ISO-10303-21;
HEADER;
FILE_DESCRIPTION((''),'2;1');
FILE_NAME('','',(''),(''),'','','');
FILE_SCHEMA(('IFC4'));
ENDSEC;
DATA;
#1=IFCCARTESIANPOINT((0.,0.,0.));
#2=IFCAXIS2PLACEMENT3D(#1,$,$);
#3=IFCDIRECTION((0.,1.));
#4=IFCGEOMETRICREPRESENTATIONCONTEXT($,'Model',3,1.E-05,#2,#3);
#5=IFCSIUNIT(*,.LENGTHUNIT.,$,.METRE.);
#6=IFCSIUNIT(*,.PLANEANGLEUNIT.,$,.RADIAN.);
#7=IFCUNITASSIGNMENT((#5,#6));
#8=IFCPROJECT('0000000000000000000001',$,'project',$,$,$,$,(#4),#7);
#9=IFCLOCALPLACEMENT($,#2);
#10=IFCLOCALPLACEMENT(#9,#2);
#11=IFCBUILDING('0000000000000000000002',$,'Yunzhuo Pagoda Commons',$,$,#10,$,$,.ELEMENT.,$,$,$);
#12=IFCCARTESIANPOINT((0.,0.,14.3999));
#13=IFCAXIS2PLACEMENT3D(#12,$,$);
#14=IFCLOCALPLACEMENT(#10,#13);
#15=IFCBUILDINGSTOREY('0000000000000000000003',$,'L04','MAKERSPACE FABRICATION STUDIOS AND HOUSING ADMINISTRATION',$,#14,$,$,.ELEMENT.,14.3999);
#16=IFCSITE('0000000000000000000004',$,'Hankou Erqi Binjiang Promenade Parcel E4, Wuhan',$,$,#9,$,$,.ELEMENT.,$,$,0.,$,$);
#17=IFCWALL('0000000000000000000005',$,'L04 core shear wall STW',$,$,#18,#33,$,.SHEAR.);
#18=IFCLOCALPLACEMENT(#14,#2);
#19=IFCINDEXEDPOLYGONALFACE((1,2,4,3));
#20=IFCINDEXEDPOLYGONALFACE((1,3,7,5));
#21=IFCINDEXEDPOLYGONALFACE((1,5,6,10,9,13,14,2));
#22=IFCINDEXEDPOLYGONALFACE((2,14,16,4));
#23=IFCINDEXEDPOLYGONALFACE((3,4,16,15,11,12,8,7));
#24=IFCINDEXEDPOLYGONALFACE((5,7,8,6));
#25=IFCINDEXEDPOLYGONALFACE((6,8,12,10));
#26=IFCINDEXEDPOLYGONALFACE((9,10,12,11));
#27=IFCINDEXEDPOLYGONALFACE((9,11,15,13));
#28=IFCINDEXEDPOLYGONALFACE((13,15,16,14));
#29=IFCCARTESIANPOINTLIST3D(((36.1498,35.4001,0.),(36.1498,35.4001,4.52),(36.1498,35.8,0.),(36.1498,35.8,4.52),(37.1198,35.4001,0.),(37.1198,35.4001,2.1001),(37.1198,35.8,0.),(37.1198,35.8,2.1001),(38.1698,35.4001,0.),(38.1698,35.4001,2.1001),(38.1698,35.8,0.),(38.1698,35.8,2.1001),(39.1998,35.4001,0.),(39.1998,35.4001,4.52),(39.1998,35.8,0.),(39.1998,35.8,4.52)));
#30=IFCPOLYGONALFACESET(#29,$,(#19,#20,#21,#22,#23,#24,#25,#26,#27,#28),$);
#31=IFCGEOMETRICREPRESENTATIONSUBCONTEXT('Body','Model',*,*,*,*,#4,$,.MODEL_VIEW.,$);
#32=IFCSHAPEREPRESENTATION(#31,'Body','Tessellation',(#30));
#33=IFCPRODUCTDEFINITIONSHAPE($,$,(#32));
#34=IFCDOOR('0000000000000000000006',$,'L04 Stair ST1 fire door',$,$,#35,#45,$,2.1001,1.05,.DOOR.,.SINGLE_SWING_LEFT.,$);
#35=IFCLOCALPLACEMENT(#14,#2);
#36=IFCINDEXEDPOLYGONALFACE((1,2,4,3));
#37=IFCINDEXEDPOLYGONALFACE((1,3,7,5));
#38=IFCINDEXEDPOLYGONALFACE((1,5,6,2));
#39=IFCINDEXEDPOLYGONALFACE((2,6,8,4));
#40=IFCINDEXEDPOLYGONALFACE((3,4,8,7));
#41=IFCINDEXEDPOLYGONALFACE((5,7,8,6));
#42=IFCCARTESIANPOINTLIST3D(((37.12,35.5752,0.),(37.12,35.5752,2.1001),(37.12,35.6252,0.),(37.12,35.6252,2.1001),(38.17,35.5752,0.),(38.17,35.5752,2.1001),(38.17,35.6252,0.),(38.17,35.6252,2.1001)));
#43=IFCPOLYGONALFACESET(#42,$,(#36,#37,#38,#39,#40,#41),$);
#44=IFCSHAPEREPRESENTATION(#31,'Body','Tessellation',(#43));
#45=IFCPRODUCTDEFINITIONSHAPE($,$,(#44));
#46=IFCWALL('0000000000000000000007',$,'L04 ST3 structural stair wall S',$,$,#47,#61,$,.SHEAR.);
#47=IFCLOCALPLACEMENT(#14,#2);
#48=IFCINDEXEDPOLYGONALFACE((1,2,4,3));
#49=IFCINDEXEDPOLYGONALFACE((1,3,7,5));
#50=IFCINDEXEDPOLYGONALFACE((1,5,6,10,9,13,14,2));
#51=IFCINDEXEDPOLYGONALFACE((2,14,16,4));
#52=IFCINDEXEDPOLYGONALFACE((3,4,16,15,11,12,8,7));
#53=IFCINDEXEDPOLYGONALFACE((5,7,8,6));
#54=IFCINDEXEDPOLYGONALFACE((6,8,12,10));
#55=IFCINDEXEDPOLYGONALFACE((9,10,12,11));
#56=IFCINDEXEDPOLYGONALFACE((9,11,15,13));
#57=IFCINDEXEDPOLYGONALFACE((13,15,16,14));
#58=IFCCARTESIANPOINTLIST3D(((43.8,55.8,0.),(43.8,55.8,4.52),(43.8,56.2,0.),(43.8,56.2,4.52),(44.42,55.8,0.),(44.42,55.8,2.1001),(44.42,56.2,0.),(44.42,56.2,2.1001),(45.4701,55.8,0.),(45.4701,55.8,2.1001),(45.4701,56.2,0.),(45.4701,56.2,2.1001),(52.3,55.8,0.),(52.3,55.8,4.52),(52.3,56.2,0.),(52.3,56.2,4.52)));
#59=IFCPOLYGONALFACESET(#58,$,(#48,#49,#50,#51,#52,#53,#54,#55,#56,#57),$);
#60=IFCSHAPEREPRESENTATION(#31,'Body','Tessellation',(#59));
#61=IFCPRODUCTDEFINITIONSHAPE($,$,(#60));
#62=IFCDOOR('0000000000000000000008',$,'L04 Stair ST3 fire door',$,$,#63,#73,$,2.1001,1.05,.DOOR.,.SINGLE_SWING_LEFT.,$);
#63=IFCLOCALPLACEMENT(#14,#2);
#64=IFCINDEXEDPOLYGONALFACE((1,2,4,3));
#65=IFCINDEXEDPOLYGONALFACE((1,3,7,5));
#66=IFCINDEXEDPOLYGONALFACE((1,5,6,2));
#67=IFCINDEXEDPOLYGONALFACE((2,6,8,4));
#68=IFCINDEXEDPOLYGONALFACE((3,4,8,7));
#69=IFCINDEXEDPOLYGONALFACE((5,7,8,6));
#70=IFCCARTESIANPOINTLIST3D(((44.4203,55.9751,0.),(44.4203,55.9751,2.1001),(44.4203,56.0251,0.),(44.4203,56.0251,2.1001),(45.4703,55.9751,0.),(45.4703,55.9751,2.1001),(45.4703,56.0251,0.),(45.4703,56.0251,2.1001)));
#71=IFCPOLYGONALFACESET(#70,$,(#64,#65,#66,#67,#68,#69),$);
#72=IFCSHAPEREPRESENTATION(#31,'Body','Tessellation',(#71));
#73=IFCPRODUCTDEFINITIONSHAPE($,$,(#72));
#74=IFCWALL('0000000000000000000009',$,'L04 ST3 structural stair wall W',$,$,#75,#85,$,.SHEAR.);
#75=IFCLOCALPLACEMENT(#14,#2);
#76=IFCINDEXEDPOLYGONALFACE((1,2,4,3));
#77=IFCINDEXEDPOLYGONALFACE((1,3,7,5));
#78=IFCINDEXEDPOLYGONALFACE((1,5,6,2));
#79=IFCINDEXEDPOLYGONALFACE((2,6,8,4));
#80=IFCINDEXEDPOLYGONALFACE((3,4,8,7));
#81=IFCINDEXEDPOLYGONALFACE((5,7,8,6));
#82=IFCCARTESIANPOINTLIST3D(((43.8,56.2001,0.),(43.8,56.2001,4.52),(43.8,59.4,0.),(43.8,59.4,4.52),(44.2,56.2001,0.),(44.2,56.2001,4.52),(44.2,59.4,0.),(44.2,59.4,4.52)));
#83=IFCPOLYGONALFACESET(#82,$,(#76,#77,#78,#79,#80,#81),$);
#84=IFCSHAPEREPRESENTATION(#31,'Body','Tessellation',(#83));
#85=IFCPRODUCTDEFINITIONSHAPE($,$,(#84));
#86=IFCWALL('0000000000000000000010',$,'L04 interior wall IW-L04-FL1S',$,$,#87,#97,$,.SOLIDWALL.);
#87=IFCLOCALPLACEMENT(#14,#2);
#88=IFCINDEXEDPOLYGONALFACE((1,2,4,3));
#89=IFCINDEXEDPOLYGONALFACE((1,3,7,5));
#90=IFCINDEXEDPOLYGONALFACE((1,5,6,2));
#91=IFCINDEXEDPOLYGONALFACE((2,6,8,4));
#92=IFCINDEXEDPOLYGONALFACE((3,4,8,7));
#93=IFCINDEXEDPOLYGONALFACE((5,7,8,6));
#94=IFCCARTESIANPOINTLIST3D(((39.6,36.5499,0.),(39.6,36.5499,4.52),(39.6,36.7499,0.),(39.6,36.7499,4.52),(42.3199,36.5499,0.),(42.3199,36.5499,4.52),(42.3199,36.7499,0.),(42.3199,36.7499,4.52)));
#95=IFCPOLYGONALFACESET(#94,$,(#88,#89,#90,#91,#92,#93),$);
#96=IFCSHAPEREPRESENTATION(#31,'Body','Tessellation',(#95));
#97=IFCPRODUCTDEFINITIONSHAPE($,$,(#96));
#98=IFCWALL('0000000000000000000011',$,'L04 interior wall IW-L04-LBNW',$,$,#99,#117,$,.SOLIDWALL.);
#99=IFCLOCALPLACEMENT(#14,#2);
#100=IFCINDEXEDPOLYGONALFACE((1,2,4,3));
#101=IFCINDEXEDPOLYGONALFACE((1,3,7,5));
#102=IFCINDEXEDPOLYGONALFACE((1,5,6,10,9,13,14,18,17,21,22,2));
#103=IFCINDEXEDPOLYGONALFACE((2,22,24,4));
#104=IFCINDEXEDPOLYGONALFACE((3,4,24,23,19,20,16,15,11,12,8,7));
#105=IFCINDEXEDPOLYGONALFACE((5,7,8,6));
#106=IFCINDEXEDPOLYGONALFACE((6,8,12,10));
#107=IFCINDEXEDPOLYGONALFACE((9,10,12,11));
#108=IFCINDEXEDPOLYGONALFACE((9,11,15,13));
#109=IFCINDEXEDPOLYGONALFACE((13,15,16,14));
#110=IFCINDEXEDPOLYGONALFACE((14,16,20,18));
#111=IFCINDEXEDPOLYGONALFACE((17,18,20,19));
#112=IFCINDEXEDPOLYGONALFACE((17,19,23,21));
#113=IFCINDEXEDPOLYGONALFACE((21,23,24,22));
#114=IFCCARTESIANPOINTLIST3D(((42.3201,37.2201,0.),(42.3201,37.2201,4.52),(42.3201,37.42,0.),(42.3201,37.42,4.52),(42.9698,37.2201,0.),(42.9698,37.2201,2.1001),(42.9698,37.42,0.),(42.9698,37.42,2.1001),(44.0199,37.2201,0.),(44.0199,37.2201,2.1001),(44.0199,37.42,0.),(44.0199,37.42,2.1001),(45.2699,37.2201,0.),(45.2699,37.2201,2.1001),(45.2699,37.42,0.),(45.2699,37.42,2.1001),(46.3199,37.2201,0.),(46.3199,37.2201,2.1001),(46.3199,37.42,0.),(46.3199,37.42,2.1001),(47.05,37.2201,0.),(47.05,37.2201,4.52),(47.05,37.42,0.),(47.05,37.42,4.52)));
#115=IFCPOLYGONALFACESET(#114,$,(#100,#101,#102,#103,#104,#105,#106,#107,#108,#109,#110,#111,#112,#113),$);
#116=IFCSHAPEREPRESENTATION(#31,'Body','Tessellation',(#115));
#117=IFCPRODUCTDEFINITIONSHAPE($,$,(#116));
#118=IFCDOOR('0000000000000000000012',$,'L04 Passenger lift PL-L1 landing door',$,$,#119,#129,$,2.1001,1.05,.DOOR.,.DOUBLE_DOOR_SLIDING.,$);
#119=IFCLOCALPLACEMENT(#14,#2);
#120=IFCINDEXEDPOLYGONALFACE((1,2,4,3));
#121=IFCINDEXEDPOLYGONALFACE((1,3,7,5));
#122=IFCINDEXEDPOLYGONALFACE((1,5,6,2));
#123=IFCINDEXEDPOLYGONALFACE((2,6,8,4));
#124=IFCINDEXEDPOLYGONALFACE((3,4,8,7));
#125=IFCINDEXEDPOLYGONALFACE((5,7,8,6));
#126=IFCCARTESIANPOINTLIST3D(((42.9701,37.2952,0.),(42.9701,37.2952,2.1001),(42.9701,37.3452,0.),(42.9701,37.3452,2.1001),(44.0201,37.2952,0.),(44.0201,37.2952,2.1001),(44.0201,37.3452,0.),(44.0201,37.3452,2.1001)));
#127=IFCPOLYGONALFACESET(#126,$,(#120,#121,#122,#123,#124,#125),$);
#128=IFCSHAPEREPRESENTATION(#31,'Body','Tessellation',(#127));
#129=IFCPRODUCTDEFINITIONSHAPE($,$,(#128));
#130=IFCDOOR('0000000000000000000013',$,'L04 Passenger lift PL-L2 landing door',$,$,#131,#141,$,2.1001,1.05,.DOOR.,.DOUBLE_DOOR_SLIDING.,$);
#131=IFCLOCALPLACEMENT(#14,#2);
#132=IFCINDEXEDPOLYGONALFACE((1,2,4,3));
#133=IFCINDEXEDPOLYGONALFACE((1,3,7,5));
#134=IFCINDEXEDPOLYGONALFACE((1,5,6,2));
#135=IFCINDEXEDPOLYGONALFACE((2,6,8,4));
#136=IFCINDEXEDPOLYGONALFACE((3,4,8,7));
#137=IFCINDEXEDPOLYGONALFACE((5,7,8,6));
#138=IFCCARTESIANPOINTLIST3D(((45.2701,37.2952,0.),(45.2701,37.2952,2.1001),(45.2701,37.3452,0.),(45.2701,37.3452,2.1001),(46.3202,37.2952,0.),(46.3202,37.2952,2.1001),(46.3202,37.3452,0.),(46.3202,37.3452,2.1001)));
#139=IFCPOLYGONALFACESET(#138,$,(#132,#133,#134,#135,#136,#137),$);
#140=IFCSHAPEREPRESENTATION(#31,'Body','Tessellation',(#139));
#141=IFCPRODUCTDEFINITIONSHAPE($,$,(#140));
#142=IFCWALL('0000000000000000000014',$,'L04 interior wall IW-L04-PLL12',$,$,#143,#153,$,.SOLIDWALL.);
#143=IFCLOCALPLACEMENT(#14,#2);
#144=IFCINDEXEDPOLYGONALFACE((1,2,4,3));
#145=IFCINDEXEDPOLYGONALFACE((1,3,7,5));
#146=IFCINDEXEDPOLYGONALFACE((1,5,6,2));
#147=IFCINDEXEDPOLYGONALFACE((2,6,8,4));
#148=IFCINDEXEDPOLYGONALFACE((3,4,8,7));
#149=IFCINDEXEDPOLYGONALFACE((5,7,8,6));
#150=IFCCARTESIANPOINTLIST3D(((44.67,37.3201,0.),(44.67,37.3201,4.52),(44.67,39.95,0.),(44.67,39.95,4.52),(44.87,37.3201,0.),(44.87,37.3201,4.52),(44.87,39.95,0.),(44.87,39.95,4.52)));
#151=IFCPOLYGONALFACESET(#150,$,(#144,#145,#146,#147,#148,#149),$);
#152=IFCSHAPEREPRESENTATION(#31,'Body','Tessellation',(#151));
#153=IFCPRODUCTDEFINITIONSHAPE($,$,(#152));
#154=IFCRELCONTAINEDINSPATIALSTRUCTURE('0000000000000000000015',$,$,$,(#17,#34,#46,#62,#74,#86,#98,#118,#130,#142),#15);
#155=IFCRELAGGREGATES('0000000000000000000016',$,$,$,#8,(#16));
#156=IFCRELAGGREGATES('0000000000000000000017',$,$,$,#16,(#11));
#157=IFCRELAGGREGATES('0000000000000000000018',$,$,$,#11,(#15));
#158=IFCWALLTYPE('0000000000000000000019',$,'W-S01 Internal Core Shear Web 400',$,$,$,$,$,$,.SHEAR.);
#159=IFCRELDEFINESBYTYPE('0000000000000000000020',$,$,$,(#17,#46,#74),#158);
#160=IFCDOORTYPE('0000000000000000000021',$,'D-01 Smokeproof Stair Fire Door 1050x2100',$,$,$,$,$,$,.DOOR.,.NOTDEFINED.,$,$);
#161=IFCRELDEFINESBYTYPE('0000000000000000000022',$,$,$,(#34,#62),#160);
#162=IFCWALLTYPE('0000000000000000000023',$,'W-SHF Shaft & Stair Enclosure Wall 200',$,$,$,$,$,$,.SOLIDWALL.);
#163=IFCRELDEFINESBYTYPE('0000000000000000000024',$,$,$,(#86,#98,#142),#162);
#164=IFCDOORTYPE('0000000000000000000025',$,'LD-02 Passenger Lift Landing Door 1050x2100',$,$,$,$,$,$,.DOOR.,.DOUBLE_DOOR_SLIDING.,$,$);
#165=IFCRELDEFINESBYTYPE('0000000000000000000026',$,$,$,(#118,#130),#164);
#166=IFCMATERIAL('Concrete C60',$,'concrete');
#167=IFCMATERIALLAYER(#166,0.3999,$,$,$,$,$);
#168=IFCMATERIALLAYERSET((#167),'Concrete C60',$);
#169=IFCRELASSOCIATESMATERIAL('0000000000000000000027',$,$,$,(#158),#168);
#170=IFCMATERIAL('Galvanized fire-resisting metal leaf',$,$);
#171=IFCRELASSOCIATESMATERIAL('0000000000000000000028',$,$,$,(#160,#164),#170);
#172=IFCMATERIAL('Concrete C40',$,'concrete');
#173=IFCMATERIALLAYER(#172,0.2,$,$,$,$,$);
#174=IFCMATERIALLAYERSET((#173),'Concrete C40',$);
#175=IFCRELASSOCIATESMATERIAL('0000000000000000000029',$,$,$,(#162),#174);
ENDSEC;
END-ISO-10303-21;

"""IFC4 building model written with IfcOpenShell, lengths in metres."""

from ifc_helpers import new_model, si_unit, direction, frame, frame_2d, origin, place, context, subcontext, project, spatial, rectangle, extrude, source, transform, mapped, material, layer, layer_set, type_object, element, fill, save


model = new_model("IFC4")

# Units and contexts
model_context = context("Model", 3, precision=1e-05, world=origin(), true_north=direction((0.0, 1.0)))
body_context = subcontext(model_context, "Body", "Model", "MODEL_VIEW")
ifc_project = project(units=[si_unit("LENGTHUNIT", "METRE"), si_unit("PLANEANGLEUNIT", "RADIAN")], contexts=[model_context])

# Site, building, storey
site_placement = place(None, origin())
site = spatial("IfcSite", under=ifc_project, at=site_placement, Name="Hankou Erqi Binjiang Promenade Parcel E4, Wuhan", CompositionType="ELEMENT", RefElevation=0.0)
building_placement = place(site_placement, origin())
building = spatial("IfcBuilding", under=site, at=building_placement, Name="Yunzhuo Pagoda Commons", CompositionType="ELEMENT")
storey_placement = place(building_placement, frame((0.0, 0.0, 14.3999)))
storey = spatial("IfcBuildingStorey", under=building, at=storey_placement, Name="L04", Description="MAKERSPACE FABRICATION STUDIOS AND HOUSING ADMINISTRATION", CompositionType="ELEMENT", Elevation=14.3999)

# Shared definitions
ifc_material_1 = material(Name="Concrete C60", Category="concrete")
ifc_material_2 = material(Name="Galvanized fire-resisting metal leaf")
shared_shape_1 = source(origin(), body_context, "Body", "SweptSolid", [
    extrude(rectangle(XDim=1.05, YDim=2.1001, at=frame_2d((0.5249, 1.05))), frame((0.0, 0.0249, 0.0), z_axis=(0.0, -1.0, 0.0), x_axis=(1.0, 0.0, 0.0)), (0.0, 0.0, 1.0), 0.05),
])

# Walls, openings, doors
ifc_layer_1 = layer(ifc_material_1, 0.3999)
ifc_layer_set_1 = layer_set([ifc_layer_1], Name="Concrete C60")
wall_type_1 = type_object("IfcWallType", Name="W-S01 Internal Core Shear Web 400", PredefinedType="SHEAR", material=ifc_layer_set_1)
wall_1_placement = place(storey_placement, frame((36.1499, 35.6001, 0.0), z_axis=(0.0, 0.0, 1.0), x_axis=(1.0, 0.0, 0.0)))
wall_1 = element("IfcWall", 1, at=wall_1_placement, inside=storey, type_object=wall_type_1, Name="L04 core shear wall STW", PredefinedType="SHEAR", context=body_context, shape_type="SweptSolid", body=[
    extrude(rectangle(XDim=3.05, YDim=0.3999, at=frame_2d((1.5249, 0.0))), origin(), (0.0, 0.0, 1.0), 4.52),
])
opening_1_placement = place(wall_1_placement, frame((0.97, 0.0, 0.0)))
opening_1 = element("IfcOpeningElement", 2, at=opening_1_placement, cuts=wall_1, PredefinedType="OPENING", context=body_context, shape_type="SweptSolid", body=[
    extrude(rectangle(XDim=1.05, YDim=2.1001, at=frame_2d((0.5249, 1.05))), frame((0.0, 0.21, 0.0), z_axis=(0.0, -1.0, 0.0), x_axis=(1.0, 0.0, 0.0)), (0.0, 0.0, 1.0), 0.4199),
])
door_type_1 = type_object("IfcDoorType", Name="D-01 Smokeproof Stair Fire Door 1050x2100", OperationType="NOTDEFINED", PredefinedType="DOOR", material=ifc_material_2)
door_1_placement = place(opening_1_placement, frame((1.05, 0.0, 0.0), z_axis=(0.0, 0.0, 1.0), x_axis=(-1.0, 0.0, 0.0)))
door_1 = element("IfcDoor", 3, at=door_1_placement, inside=storey, type_object=door_type_1, Name="L04 Stair ST1 fire door", OperationType="SINGLE_SWING_LEFT", OverallHeight=2.1001, OverallWidth=1.05, PredefinedType="DOOR", context=body_context, shape_type="MappedRepresentation", body=[
    mapped(shared_shape_1, transform((0.0, 0.0, 0.0), scale=1.0)),
])
fill(opening_1, door_1)
wall_2_placement = place(storey_placement, frame((43.8, 56.0, 0.0), z_axis=(0.0, 0.0, 1.0), x_axis=(1.0, 0.0, 0.0)))
wall_2 = element("IfcWall", 4, at=wall_2_placement, inside=storey, type_object=wall_type_1, Name="L04 ST3 structural stair wall S", PredefinedType="SHEAR", context=body_context, shape_type="SweptSolid", body=[
    extrude(rectangle(XDim=8.5, YDim=0.3999, at=frame_2d((4.25, 0.0))), origin(), (0.0, 0.0, 1.0), 4.52),
])
opening_2_placement = place(wall_2_placement, frame((0.6201, 0.0, 0.0)))
opening_2 = element("IfcOpeningElement", 5, at=opening_2_placement, cuts=wall_2, PredefinedType="OPENING", context=body_context, shape_type="SweptSolid", body=[
    extrude(rectangle(XDim=1.05, YDim=2.1001, at=frame_2d((0.5249, 1.05))), frame((0.0, 0.21, 0.0), z_axis=(0.0, -1.0, 0.0), x_axis=(1.0, 0.0, 0.0)), (0.0, 0.0, 1.0), 0.4199),
])
door_2_placement = place(opening_2_placement, frame((1.05, 0.0, 0.0), z_axis=(0.0, 0.0, 1.0), x_axis=(-1.0, 0.0, 0.0)))
door_2 = element("IfcDoor", 6, at=door_2_placement, inside=storey, type_object=door_type_1, Name="L04 Stair ST3 fire door", OperationType="SINGLE_SWING_LEFT", OverallHeight=2.1001, OverallWidth=1.05, PredefinedType="DOOR", context=body_context, shape_type="MappedRepresentation", body=[
    mapped(shared_shape_1, transform((0.0, 0.0, 0.0), scale=1.0)),
])
fill(opening_2, door_2)

# Walls
wall_3_placement = place(storey_placement, frame((44.0, 56.2, 0.0), z_axis=(0.0, 0.0, 1.0), x_axis=(0.0, 1.0, 0.0)))
element("IfcWall", 7, at=wall_3_placement, inside=storey, type_object=wall_type_1, Name="L04 ST3 structural stair wall W", PredefinedType="SHEAR", context=body_context, shape_type="SweptSolid", body=[
    extrude(rectangle(XDim=3.2, YDim=0.3999, at=frame_2d((1.6001, 0.0))), origin(), (0.0, 0.0, 1.0), 4.52),
])
ifc_material_3 = material(Name="Concrete C40", Category="concrete")
ifc_layer_2 = layer(ifc_material_3, 0.2)
ifc_layer_set_2 = layer_set([ifc_layer_2], Name="Concrete C40")
wall_type_2 = type_object("IfcWallType", Name="W-SHF Shaft & Stair Enclosure Wall 200", PredefinedType="SOLIDWALL", material=ifc_layer_set_2)
wall_4_placement = place(storey_placement, frame((39.6001, 36.6499, 0.0), z_axis=(0.0, 0.0, 1.0), x_axis=(1.0, 0.0, 0.0)))
element("IfcWall", 8, at=wall_4_placement, inside=storey, type_object=wall_type_2, Name="L04 interior wall IW-L04-FL1S", PredefinedType="SOLIDWALL", context=body_context, shape_type="SweptSolid", body=[
    extrude(rectangle(XDim=2.72, YDim=0.2, at=frame_2d((1.3599, 0.0))), origin(), (0.0, 0.0, 1.0), 4.52),
])

# Wall, openings, doors
wall_5_placement = place(storey_placement, frame((42.3201, 37.3201, 0.0), z_axis=(0.0, 0.0, 1.0), x_axis=(1.0, 0.0, 0.0)))
wall_5 = element("IfcWall", 9, at=wall_5_placement, inside=storey, type_object=wall_type_2, Name="L04 interior wall IW-L04-LBNW", PredefinedType="SOLIDWALL", context=body_context, shape_type="SweptSolid", body=[
    extrude(rectangle(XDim=4.73, YDim=0.2, at=frame_2d((2.365, 0.0))), origin(), (0.0, 0.0, 1.0), 4.52),
])
opening_3_placement = place(wall_5_placement, frame((0.6499, 0.0, 0.0)))
opening_3 = element("IfcOpeningElement", 10, at=opening_3_placement, cuts=wall_5, PredefinedType="OPENING", context=body_context, shape_type="SweptSolid", body=[
    extrude(rectangle(XDim=1.05, YDim=2.1001, at=frame_2d((0.5249, 1.05))), frame((0.0, 0.1099, 0.0), z_axis=(0.0, -1.0, 0.0), x_axis=(1.0, 0.0, 0.0)), (0.0, 0.0, 1.0), 0.22),
])
opening_4_placement = place(wall_5_placement, frame((2.95, 0.0, 0.0)))
opening_4 = element("IfcOpeningElement", 11, at=opening_4_placement, cuts=wall_5, PredefinedType="OPENING", context=body_context, shape_type="SweptSolid", body=[
    extrude(rectangle(XDim=1.05, YDim=2.1001, at=frame_2d((0.5249, 1.05))), frame((0.0, 0.1099, 0.0), z_axis=(0.0, -1.0, 0.0), x_axis=(1.0, 0.0, 0.0)), (0.0, 0.0, 1.0), 0.22),
])
door_type_2 = type_object("IfcDoorType", Name="LD-02 Passenger Lift Landing Door 1050x2100", OperationType="DOUBLE_DOOR_SLIDING", PredefinedType="DOOR", material=ifc_material_2)
door_3_placement = place(opening_3_placement, frame((1.05, 0.0, 0.0), z_axis=(0.0, 0.0, 1.0), x_axis=(-1.0, 0.0, 0.0)))
door_3 = element("IfcDoor", 12, at=door_3_placement, inside=storey, type_object=door_type_2, Name="L04 Passenger lift PL-L1 landing door", OperationType="DOUBLE_DOOR_SLIDING", OverallHeight=2.1001, OverallWidth=1.05, PredefinedType="DOOR", context=body_context, shape_type="MappedRepresentation", body=[
    mapped(shared_shape_1, transform((0.0, 0.0, 0.0), scale=1.0)),
])
fill(opening_3, door_3)
door_4_placement = place(opening_4_placement, frame((1.05, 0.0, 0.0), z_axis=(0.0, 0.0, 1.0), x_axis=(-1.0, 0.0, 0.0)))
door_4 = element("IfcDoor", 13, at=door_4_placement, inside=storey, type_object=door_type_2, Name="L04 Passenger lift PL-L2 landing door", OperationType="DOUBLE_DOOR_SLIDING", OverallHeight=2.1001, OverallWidth=1.05, PredefinedType="DOOR", context=body_context, shape_type="MappedRepresentation", body=[
    mapped(shared_shape_1, transform((0.0, 0.0, 0.0), scale=1.0)),
])
fill(opening_4, door_4)

# Wall
wall_6_placement = place(storey_placement, frame((44.77, 37.3201, 0.0), z_axis=(0.0, 0.0, 1.0), x_axis=(0.0, 1.0, 0.0)))
element("IfcWall", 14, at=wall_6_placement, inside=storey, type_object=wall_type_2, Name="L04 interior wall IW-L04-PLL12", PredefinedType="SOLIDWALL", context=body_context, shape_type="SweptSolid", body=[
    extrude(rectangle(XDim=2.6299, YDim=0.2, at=frame_2d((1.3149, 0.0))), origin(), (0.0, 0.0, 1.0), 4.52),
])

save(model, "model.ifc")
